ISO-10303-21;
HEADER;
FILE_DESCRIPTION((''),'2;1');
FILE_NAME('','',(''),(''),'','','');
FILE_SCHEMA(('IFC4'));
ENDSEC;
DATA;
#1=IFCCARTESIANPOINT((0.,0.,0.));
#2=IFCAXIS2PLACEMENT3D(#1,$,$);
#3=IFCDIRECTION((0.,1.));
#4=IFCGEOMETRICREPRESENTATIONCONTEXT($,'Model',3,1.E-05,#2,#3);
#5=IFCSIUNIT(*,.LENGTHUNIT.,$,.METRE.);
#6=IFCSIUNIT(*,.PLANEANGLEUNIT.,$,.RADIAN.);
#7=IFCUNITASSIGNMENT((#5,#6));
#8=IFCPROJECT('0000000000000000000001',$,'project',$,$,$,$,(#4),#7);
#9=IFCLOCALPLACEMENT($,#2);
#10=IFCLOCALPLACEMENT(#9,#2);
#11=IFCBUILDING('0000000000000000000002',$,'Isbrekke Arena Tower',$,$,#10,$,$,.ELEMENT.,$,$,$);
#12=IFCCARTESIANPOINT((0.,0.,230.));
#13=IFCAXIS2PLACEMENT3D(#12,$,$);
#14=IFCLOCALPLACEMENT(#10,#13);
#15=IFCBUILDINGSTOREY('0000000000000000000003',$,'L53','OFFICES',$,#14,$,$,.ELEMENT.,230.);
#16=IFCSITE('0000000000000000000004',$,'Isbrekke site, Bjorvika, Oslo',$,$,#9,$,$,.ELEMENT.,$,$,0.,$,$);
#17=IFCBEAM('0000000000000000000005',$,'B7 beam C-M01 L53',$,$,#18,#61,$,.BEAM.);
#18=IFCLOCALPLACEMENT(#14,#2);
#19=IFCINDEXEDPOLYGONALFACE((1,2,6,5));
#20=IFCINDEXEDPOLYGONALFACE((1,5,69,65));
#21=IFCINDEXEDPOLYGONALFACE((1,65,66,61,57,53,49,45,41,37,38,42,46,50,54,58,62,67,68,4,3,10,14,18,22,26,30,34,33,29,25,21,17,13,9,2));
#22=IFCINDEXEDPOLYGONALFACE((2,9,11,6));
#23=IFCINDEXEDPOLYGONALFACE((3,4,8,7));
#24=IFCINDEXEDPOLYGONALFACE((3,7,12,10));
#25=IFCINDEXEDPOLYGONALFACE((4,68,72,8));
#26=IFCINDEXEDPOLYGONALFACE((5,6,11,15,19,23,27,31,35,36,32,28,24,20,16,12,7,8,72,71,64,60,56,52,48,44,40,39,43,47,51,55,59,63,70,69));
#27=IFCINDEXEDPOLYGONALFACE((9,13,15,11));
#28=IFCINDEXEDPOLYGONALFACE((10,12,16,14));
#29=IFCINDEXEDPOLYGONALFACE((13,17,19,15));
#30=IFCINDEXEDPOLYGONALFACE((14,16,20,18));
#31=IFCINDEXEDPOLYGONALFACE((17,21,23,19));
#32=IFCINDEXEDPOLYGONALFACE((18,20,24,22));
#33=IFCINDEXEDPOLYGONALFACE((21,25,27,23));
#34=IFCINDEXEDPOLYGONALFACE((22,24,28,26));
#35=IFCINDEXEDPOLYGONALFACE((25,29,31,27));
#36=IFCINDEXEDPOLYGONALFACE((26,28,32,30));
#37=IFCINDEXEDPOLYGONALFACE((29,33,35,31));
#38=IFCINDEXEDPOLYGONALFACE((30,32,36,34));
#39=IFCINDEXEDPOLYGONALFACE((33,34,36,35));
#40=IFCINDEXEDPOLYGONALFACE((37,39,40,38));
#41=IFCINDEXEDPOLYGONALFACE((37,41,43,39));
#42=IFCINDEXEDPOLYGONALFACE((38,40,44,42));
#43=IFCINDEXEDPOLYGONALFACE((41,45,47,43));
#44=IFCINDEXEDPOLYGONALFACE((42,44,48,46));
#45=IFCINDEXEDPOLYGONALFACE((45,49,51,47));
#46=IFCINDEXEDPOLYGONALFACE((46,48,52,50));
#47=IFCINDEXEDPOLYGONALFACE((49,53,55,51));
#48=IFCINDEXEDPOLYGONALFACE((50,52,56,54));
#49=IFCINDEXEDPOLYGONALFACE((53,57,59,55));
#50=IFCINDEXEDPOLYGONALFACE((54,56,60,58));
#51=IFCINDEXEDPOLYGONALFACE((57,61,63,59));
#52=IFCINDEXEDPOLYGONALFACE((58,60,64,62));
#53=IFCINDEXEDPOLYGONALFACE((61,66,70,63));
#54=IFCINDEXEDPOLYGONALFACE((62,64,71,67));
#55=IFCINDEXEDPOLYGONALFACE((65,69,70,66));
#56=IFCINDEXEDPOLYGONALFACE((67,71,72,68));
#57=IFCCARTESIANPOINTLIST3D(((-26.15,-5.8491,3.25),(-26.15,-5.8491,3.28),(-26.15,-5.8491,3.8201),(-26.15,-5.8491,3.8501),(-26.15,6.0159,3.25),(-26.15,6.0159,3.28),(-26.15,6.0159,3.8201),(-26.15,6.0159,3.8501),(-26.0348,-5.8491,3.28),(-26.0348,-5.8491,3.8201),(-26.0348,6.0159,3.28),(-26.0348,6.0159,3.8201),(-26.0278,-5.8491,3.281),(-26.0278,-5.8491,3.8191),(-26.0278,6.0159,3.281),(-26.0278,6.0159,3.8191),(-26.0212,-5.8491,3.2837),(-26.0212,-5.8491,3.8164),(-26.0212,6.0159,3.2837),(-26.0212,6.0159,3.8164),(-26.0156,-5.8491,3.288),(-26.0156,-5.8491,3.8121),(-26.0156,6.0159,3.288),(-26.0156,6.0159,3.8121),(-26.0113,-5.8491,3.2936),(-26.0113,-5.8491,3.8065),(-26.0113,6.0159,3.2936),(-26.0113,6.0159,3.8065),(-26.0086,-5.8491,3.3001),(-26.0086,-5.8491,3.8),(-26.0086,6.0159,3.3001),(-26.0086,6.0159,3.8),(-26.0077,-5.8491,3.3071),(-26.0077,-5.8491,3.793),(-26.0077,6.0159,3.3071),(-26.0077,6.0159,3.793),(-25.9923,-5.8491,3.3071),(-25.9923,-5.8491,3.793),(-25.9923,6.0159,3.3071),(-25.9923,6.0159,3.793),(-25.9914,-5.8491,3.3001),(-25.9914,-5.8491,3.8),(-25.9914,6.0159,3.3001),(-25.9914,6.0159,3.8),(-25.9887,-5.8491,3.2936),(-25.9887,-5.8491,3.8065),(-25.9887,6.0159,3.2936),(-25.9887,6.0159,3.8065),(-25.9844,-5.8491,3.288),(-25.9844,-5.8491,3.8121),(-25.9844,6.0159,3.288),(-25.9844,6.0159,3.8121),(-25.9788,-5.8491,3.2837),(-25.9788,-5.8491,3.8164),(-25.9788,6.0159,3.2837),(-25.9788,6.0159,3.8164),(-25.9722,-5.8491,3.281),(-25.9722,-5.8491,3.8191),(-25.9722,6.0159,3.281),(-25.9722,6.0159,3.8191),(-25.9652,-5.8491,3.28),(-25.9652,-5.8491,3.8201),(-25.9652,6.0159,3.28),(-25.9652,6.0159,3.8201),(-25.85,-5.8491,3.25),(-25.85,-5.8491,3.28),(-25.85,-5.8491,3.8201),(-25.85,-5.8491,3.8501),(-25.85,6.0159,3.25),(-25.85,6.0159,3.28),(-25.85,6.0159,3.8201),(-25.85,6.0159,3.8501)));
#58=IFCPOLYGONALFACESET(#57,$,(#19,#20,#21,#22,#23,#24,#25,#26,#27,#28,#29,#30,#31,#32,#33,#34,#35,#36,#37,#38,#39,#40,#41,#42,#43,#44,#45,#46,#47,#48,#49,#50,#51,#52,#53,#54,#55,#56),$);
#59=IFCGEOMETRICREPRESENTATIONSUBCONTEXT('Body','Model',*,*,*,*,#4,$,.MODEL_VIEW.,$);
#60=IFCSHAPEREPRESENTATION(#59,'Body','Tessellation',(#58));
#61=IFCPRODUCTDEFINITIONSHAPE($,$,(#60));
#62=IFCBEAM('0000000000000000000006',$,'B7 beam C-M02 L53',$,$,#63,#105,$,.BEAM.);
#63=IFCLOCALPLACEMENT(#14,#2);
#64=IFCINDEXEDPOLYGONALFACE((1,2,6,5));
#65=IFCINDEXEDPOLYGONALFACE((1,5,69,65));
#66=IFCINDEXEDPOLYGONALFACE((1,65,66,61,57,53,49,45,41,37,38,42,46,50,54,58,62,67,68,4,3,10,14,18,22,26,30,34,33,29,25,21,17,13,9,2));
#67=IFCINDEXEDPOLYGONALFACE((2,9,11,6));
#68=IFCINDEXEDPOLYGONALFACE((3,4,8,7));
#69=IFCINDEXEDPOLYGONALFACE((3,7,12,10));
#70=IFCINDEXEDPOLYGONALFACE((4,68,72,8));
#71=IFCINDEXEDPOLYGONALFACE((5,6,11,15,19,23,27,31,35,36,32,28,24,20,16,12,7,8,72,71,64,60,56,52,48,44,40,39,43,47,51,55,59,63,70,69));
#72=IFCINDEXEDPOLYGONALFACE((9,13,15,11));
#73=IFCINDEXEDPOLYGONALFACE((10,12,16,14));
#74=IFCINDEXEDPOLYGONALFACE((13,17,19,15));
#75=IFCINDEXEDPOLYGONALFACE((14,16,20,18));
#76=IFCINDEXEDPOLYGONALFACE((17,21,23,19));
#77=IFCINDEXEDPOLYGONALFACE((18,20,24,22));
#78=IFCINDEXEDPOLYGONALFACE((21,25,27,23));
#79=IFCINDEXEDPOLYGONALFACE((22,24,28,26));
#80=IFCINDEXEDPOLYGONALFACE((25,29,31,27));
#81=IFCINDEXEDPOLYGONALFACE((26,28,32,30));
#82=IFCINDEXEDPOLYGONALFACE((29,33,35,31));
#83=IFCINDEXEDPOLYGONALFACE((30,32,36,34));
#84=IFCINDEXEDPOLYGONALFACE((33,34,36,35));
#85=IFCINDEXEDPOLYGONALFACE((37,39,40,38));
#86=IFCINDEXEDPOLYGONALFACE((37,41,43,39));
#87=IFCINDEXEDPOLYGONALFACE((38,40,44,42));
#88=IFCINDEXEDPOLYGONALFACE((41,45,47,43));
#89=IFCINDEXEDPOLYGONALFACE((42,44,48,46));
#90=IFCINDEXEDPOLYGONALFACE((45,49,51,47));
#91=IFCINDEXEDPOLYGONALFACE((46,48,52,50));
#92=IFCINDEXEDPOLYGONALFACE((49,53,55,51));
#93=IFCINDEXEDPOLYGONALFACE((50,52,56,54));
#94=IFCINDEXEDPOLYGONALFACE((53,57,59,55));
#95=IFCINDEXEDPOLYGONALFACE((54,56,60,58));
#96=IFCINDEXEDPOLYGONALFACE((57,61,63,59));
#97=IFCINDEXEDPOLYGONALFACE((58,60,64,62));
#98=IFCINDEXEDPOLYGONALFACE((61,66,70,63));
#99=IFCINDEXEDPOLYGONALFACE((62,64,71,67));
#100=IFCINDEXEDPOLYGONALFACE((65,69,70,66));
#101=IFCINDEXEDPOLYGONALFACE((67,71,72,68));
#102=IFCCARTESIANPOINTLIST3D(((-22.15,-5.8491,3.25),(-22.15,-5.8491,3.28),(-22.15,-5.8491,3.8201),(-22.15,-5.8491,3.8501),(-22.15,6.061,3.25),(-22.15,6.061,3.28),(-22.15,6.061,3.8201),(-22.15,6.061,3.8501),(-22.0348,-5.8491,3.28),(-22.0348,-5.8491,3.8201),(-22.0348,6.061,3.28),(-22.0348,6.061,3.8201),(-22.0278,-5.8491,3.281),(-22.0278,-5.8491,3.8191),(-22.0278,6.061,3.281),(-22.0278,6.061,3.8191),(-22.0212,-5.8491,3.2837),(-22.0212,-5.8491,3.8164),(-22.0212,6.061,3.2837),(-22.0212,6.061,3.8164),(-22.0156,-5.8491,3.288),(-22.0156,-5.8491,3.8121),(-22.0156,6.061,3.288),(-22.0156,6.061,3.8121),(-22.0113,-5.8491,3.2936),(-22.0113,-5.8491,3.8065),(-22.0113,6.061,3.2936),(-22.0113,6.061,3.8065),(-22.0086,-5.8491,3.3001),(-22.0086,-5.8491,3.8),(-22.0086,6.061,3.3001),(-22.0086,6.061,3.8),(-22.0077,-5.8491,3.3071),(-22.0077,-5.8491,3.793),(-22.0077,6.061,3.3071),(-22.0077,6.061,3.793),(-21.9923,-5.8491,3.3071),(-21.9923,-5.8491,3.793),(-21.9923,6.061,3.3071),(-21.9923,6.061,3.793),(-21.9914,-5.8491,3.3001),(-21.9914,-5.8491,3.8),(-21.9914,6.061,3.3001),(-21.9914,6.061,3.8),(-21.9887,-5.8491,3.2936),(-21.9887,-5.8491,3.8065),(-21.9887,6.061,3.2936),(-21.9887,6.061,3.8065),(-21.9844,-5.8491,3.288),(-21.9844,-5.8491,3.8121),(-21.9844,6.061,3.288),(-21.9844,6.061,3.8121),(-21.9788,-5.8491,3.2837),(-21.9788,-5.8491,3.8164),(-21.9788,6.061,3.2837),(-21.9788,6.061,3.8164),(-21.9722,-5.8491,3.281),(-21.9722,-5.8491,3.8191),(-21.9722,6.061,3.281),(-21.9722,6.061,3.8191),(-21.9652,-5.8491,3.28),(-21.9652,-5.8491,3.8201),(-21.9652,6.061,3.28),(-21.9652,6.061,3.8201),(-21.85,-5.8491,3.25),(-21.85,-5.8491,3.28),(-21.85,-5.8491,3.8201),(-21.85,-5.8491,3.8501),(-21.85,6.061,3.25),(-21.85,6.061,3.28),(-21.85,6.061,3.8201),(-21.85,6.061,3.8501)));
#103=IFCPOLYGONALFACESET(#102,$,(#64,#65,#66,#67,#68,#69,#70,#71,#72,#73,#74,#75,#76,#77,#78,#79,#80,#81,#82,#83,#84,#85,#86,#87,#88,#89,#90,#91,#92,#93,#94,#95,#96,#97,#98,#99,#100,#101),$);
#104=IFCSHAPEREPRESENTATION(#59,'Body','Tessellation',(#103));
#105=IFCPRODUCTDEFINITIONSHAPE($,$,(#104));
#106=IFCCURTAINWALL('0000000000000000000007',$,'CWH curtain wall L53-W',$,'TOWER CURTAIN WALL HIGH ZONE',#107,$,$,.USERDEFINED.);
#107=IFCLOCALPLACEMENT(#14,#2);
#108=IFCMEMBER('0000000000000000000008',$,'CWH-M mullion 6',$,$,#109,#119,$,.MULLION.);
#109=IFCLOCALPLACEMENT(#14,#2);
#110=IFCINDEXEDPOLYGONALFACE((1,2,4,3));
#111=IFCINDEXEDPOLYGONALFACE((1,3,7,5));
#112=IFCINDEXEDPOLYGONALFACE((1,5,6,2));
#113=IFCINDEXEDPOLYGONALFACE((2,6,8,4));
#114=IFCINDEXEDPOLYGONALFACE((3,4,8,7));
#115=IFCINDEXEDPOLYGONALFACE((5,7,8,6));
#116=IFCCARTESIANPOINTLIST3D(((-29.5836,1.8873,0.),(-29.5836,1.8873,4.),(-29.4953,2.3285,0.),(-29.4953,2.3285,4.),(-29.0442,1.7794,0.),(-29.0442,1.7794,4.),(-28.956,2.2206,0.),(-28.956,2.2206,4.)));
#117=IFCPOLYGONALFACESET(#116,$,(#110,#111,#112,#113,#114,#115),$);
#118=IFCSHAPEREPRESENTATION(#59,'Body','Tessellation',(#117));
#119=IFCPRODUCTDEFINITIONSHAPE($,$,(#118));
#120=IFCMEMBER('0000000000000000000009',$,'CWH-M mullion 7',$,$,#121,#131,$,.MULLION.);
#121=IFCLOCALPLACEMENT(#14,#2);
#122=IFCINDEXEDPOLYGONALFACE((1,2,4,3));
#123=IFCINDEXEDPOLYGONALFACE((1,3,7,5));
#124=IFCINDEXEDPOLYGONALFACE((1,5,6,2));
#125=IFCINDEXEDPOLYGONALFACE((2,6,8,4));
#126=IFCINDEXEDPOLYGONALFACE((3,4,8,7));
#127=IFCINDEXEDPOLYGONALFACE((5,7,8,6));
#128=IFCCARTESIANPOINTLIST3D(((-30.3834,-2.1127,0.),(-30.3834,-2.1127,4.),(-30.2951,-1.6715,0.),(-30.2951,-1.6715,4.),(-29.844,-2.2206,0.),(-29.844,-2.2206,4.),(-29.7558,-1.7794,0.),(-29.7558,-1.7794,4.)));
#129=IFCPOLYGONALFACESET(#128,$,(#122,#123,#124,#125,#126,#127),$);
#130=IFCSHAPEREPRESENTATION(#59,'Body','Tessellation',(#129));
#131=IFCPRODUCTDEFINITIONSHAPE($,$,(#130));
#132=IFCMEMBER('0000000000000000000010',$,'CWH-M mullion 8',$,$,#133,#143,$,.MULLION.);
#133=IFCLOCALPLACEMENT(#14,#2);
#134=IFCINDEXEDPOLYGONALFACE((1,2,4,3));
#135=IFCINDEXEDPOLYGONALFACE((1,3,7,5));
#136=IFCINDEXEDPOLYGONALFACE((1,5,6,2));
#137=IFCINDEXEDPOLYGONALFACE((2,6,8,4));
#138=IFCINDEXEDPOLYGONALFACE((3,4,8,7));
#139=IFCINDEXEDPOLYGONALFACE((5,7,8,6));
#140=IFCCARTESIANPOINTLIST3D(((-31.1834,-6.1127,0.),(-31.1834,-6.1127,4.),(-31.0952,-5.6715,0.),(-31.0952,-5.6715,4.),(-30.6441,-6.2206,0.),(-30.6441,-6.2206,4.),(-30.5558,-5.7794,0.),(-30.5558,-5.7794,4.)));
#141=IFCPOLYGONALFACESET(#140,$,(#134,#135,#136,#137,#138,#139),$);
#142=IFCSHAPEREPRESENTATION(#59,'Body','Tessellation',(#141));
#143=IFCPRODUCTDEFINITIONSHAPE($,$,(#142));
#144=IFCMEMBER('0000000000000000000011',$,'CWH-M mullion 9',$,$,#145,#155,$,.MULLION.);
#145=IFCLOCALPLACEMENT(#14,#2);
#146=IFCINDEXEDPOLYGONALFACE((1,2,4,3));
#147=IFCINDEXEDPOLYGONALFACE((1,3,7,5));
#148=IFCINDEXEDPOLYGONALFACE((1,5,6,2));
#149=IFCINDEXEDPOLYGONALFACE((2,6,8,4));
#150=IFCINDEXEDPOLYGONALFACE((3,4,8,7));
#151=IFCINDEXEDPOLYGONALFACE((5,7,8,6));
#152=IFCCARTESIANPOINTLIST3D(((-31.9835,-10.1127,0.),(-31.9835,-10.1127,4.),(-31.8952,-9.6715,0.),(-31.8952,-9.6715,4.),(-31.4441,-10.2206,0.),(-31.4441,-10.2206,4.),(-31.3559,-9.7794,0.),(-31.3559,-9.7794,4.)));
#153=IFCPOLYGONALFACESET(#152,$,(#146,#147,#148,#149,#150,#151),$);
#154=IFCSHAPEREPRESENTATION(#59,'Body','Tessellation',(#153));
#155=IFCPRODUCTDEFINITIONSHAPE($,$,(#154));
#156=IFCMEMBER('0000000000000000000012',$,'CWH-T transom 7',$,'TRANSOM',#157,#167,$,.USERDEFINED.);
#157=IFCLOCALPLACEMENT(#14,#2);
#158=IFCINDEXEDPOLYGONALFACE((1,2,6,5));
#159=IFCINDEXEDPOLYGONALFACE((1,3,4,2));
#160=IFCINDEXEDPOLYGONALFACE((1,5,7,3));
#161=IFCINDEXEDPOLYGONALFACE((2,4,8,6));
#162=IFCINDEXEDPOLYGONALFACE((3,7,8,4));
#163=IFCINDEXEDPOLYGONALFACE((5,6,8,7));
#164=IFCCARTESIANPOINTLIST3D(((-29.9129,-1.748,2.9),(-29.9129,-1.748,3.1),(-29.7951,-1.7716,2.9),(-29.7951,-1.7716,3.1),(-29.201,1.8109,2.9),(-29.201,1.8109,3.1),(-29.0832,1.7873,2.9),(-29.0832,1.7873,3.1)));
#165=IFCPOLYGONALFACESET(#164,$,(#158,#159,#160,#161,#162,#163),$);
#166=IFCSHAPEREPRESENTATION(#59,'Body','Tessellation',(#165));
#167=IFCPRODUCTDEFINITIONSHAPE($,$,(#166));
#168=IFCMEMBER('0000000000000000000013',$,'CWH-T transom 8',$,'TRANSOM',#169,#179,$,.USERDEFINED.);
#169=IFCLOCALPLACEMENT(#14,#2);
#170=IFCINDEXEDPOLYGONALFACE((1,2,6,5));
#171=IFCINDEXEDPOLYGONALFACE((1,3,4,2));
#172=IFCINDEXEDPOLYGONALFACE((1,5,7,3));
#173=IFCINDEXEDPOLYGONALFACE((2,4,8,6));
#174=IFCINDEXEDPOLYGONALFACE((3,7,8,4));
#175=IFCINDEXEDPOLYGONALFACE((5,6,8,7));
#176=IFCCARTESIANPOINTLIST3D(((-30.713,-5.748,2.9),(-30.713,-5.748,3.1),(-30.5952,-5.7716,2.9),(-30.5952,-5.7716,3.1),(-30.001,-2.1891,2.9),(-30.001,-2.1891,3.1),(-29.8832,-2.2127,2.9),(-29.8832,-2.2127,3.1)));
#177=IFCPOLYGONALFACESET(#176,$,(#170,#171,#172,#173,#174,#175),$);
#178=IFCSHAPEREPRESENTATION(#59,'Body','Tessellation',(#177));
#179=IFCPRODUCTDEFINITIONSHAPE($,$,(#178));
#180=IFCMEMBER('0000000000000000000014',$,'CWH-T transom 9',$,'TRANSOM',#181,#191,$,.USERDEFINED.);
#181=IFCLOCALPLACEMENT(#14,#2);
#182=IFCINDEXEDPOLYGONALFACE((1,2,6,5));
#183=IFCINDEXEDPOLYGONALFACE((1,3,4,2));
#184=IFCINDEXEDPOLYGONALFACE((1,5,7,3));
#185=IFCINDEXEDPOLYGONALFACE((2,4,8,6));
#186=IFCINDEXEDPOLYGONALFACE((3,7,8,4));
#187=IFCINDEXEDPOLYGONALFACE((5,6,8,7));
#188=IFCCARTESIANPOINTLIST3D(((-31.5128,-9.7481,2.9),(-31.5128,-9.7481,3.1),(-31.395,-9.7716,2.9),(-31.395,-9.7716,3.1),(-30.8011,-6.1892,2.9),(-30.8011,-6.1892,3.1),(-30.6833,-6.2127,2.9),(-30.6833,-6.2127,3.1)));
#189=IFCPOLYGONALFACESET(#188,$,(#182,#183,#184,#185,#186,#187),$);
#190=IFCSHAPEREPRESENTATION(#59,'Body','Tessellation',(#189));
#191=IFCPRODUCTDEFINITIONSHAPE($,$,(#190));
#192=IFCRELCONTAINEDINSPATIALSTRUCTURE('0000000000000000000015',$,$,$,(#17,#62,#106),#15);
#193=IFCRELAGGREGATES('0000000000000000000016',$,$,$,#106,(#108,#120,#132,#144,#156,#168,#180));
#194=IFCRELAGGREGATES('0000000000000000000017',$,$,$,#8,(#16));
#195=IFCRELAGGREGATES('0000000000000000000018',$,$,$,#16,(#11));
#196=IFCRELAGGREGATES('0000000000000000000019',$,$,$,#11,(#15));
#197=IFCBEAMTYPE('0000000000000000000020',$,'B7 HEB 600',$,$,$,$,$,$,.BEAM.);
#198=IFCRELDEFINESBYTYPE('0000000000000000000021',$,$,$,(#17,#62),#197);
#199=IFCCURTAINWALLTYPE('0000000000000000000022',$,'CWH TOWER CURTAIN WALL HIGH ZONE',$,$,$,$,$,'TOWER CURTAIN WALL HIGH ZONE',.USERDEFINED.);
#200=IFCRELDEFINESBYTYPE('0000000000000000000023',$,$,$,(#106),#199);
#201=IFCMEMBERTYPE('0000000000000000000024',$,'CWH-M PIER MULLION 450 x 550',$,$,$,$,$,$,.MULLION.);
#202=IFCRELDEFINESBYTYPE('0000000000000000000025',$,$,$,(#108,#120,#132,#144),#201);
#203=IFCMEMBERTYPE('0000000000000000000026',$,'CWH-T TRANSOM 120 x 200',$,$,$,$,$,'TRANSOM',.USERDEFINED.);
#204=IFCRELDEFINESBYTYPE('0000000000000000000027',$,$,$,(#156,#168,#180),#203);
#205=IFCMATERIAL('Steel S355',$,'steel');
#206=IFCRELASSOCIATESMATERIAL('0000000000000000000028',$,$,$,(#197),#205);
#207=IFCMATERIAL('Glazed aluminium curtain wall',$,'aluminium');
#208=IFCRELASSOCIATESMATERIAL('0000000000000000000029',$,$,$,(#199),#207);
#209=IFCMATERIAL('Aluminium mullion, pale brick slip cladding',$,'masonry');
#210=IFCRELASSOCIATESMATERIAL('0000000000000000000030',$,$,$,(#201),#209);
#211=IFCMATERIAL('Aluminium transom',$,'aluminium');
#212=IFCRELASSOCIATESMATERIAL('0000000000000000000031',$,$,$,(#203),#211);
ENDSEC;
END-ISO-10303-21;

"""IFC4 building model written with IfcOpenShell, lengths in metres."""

from ifc_helpers import new_model, si_unit, direction, frame, origin, origin_2d, place, context, subcontext, project, spatial, rectangle, i_section, extrude, material, material_profile, profile_set, type_object, element, aggregate, save


model = new_model("IFC4")

# Units and contexts
model_context = context("Model", 3, precision=1e-05, world=origin(), true_north=direction((0.0, 1.0)))
body_context = subcontext(model_context, "Body", "Model", "MODEL_VIEW")
ifc_project = project(units=[si_unit("LENGTHUNIT", "METRE"), si_unit("PLANEANGLEUNIT", "RADIAN")], contexts=[model_context])

# Site, building, storey
site_placement = place(None, origin())
site = spatial("IfcSite", under=ifc_project, at=site_placement, Name="Isbrekke site, Bjorvika, Oslo", CompositionType="ELEMENT", RefElevation=0.0)
building_placement = place(site_placement, origin())
building = spatial("IfcBuilding", under=site, at=building_placement, Name="Isbrekke Arena Tower", CompositionType="ELEMENT")
storey_placement = place(building_placement, frame((0.0, 0.0, 230.0)))
storey = spatial("IfcBuildingStorey", under=building, at=storey_placement, Name="L53", Description="OFFICES", CompositionType="ELEMENT", Elevation=230.0)

# Beams
ifc_material_1 = material(Name="Steel S355", Category="steel")
ifc_material_profile_1 = material_profile(ifc_material_1, i_section(OverallWidth=0.3, OverallDepth=0.6001, WebThickness=0.0154, FlangeThickness=0.03, FilletRadius=0.0271, at=origin_2d()), Name="HEB 600")
ifc_profile_set_1 = profile_set([ifc_material_profile_1], Name="Steel S355")
beam_type_1 = type_object("IfcBeamType", Name="B7 HEB 600", PredefinedType="BEAM", material=ifc_profile_set_1)
beam_1_placement = place(storey_placement, frame((-26.0, -5.8491, 3.55), z_axis=(0.0, 1.0, 0.0), x_axis=(-1.0, 0.0, 0.0)))
element("IfcBeam", 1, at=beam_1_placement, inside=storey, type_object=beam_type_1, Name="B7 beam C-M01 L53", PredefinedType="BEAM", context=body_context, shape_type="SweptSolid", body=[
    extrude(i_section(OverallWidth=0.3, OverallDepth=0.6001, WebThickness=0.0154, FlangeThickness=0.03, FilletRadius=0.0271, at=origin_2d()), origin(), (0.0, 0.0, 1.0), 11.865),
])
beam_2_placement = place(storey_placement, frame((-22.0, -5.8491, 3.55), z_axis=(0.0, 1.0, 0.0), x_axis=(-1.0, 0.0, 0.0)))
element("IfcBeam", 2, at=beam_2_placement, inside=storey, type_object=beam_type_1, Name="B7 beam C-M02 L53", PredefinedType="BEAM", context=body_context, shape_type="SweptSolid", body=[
    extrude(i_section(OverallWidth=0.3, OverallDepth=0.6001, WebThickness=0.0154, FlangeThickness=0.03, FilletRadius=0.0271, at=origin_2d()), origin(), (0.0, 0.0, 1.0), 11.9102),
])

# Curtain wall, members
ifc_material_2 = material(Name="Glazed aluminium curtain wall", Category="aluminium")
curtain_wall_type = type_object("IfcCurtainWallType", Name="CWH TOWER CURTAIN WALL HIGH ZONE", ElementType="TOWER CURTAIN WALL HIGH ZONE", PredefinedType="USERDEFINED", material=ifc_material_2)
curtain_wall_placement = place(storey_placement, origin())
curtain_wall = element("IfcCurtainWall", 3, at=curtain_wall_placement, inside=storey, type_object=curtain_wall_type, Name="CWH curtain wall L53-W", ObjectType="TOWER CURTAIN WALL HIGH ZONE", PredefinedType="USERDEFINED")
ifc_material_3 = material(Name="Aluminium mullion, pale brick slip cladding", Category="masonry")
ifc_material_profile_2 = material_profile(ifc_material_3, rectangle(XDim=0.45, YDim=0.55, at=origin_2d()), Name="PIER 450X550")
ifc_profile_set_2 = profile_set([ifc_material_profile_2], Name="Aluminium mullion, pale brick slip cladding")
member_type_1 = type_object("IfcMemberType", Name="CWH-M PIER MULLION 450 x 550", PredefinedType="MULLION", material=ifc_profile_set_2)
member_1_placement = place(storey_placement, frame((-29.2698, 2.054, 0.0), z_axis=(0.0, 0.0, 1.0), x_axis=(-0.196116, -0.980581, 0.0)))
member_1 = element("IfcMember", 4, at=member_1_placement, type_object=member_type_1, Name="CWH-M mullion 6", PredefinedType="MULLION", context=body_context, shape_type="SweptSolid", body=[
    extrude(rectangle(XDim=0.45, YDim=0.55, at=origin_2d()), origin(), (0.0, 0.0, 1.0), 4.0),
])
member_2_placement = place(storey_placement, frame((-30.0696, -1.946, 0.0), z_axis=(0.0, 0.0, 1.0), x_axis=(-0.196116, -0.980581, 0.0)))
member_2 = element("IfcMember", 5, at=member_2_placement, type_object=member_type_1, Name="CWH-M mullion 7", PredefinedType="MULLION", context=body_context, shape_type="SweptSolid", body=[
    extrude(rectangle(XDim=0.45, YDim=0.55, at=origin_2d()), origin(), (0.0, 0.0, 1.0), 4.0),
])
member_3_placement = place(storey_placement, frame((-30.8696, -5.946, 0.0), z_axis=(0.0, 0.0, 1.0), x_axis=(-0.196116, -0.980581, 0.0)))
member_3 = element("IfcMember", 6, at=member_3_placement, type_object=member_type_1, Name="CWH-M mullion 8", PredefinedType="MULLION", context=body_context, shape_type="SweptSolid", body=[
    extrude(rectangle(XDim=0.45, YDim=0.55, at=origin_2d()), origin(), (0.0, 0.0, 1.0), 4.0),
])
member_4_placement = place(storey_placement, frame((-31.6697, -9.946, 0.0), z_axis=(0.0, 0.0, 1.0), x_axis=(-0.196116, -0.980581, 0.0)))
member_4 = element("IfcMember", 7, at=member_4_placement, type_object=member_type_1, Name="CWH-M mullion 9", PredefinedType="MULLION", context=body_context, shape_type="SweptSolid", body=[
    extrude(rectangle(XDim=0.45, YDim=0.55, at=origin_2d()), origin(), (0.0, 0.0, 1.0), 4.0),
])
ifc_material_4 = material(Name="Aluminium transom", Category="aluminium")
ifc_material_profile_3 = material_profile(ifc_material_4, rectangle(XDim=0.1201, YDim=0.2, at=origin_2d()), Name="TRANSOM 120X200")
ifc_profile_set_3 = profile_set([ifc_material_profile_3], Name="Aluminium transom")
member_type_2 = type_object("IfcMemberType", Name="CWH-T TRANSOM 120 x 200", ElementType="TRANSOM", PredefinedType="USERDEFINED", material=ifc_profile_set_3)
member_5_placement = place(storey_placement, frame((-29.1421, 1.7991, 3.0), z_axis=(-0.196155, -0.980573, 0.0), x_axis=(0.980573, -0.196155, 0.0)))
member_5 = element("IfcMember", 8, at=member_5_placement, type_object=member_type_2, Name="CWH-T transom 7", ObjectType="TRANSOM", PredefinedType="USERDEFINED", context=body_context, shape_type="SweptSolid", body=[
    extrude(rectangle(XDim=0.1201, YDim=0.2, at=origin_2d()), origin(), (0.0, 0.0, 1.0), 3.6294),
])
member_6_placement = place(storey_placement, frame((-29.9421, -2.2009, 3.0), z_axis=(-0.196155, -0.980573, 0.0), x_axis=(0.980573, -0.196155, 0.0)))
member_6 = element("IfcMember", 9, at=member_6_placement, type_object=member_type_2, Name="CWH-T transom 8", ObjectType="TRANSOM", PredefinedType="USERDEFINED", context=body_context, shape_type="SweptSolid", body=[
    extrude(rectangle(XDim=0.1201, YDim=0.2, at=origin_2d()), origin(), (0.0, 0.0, 1.0), 3.6294),
])
member_7_placement = place(storey_placement, frame((-30.7422, -6.2009, 3.0), z_axis=(-0.19609, -0.980586, 0.0), x_axis=(0.980586, -0.19609, 0.0)))
member_7 = element("IfcMember", 10, at=member_7_placement, type_object=member_type_2, Name="CWH-T transom 9", ObjectType="TRANSOM", PredefinedType="USERDEFINED", context=body_context, shape_type="SweptSolid", body=[
    extrude(rectangle(XDim=0.1201, YDim=0.2, at=origin_2d()), origin(), (0.0, 0.0, 1.0), 3.6294),
])

aggregate(curtain_wall, [member_1, member_2, member_3, member_4, member_5, member_6, member_7])

save(model, "model.ifc")
